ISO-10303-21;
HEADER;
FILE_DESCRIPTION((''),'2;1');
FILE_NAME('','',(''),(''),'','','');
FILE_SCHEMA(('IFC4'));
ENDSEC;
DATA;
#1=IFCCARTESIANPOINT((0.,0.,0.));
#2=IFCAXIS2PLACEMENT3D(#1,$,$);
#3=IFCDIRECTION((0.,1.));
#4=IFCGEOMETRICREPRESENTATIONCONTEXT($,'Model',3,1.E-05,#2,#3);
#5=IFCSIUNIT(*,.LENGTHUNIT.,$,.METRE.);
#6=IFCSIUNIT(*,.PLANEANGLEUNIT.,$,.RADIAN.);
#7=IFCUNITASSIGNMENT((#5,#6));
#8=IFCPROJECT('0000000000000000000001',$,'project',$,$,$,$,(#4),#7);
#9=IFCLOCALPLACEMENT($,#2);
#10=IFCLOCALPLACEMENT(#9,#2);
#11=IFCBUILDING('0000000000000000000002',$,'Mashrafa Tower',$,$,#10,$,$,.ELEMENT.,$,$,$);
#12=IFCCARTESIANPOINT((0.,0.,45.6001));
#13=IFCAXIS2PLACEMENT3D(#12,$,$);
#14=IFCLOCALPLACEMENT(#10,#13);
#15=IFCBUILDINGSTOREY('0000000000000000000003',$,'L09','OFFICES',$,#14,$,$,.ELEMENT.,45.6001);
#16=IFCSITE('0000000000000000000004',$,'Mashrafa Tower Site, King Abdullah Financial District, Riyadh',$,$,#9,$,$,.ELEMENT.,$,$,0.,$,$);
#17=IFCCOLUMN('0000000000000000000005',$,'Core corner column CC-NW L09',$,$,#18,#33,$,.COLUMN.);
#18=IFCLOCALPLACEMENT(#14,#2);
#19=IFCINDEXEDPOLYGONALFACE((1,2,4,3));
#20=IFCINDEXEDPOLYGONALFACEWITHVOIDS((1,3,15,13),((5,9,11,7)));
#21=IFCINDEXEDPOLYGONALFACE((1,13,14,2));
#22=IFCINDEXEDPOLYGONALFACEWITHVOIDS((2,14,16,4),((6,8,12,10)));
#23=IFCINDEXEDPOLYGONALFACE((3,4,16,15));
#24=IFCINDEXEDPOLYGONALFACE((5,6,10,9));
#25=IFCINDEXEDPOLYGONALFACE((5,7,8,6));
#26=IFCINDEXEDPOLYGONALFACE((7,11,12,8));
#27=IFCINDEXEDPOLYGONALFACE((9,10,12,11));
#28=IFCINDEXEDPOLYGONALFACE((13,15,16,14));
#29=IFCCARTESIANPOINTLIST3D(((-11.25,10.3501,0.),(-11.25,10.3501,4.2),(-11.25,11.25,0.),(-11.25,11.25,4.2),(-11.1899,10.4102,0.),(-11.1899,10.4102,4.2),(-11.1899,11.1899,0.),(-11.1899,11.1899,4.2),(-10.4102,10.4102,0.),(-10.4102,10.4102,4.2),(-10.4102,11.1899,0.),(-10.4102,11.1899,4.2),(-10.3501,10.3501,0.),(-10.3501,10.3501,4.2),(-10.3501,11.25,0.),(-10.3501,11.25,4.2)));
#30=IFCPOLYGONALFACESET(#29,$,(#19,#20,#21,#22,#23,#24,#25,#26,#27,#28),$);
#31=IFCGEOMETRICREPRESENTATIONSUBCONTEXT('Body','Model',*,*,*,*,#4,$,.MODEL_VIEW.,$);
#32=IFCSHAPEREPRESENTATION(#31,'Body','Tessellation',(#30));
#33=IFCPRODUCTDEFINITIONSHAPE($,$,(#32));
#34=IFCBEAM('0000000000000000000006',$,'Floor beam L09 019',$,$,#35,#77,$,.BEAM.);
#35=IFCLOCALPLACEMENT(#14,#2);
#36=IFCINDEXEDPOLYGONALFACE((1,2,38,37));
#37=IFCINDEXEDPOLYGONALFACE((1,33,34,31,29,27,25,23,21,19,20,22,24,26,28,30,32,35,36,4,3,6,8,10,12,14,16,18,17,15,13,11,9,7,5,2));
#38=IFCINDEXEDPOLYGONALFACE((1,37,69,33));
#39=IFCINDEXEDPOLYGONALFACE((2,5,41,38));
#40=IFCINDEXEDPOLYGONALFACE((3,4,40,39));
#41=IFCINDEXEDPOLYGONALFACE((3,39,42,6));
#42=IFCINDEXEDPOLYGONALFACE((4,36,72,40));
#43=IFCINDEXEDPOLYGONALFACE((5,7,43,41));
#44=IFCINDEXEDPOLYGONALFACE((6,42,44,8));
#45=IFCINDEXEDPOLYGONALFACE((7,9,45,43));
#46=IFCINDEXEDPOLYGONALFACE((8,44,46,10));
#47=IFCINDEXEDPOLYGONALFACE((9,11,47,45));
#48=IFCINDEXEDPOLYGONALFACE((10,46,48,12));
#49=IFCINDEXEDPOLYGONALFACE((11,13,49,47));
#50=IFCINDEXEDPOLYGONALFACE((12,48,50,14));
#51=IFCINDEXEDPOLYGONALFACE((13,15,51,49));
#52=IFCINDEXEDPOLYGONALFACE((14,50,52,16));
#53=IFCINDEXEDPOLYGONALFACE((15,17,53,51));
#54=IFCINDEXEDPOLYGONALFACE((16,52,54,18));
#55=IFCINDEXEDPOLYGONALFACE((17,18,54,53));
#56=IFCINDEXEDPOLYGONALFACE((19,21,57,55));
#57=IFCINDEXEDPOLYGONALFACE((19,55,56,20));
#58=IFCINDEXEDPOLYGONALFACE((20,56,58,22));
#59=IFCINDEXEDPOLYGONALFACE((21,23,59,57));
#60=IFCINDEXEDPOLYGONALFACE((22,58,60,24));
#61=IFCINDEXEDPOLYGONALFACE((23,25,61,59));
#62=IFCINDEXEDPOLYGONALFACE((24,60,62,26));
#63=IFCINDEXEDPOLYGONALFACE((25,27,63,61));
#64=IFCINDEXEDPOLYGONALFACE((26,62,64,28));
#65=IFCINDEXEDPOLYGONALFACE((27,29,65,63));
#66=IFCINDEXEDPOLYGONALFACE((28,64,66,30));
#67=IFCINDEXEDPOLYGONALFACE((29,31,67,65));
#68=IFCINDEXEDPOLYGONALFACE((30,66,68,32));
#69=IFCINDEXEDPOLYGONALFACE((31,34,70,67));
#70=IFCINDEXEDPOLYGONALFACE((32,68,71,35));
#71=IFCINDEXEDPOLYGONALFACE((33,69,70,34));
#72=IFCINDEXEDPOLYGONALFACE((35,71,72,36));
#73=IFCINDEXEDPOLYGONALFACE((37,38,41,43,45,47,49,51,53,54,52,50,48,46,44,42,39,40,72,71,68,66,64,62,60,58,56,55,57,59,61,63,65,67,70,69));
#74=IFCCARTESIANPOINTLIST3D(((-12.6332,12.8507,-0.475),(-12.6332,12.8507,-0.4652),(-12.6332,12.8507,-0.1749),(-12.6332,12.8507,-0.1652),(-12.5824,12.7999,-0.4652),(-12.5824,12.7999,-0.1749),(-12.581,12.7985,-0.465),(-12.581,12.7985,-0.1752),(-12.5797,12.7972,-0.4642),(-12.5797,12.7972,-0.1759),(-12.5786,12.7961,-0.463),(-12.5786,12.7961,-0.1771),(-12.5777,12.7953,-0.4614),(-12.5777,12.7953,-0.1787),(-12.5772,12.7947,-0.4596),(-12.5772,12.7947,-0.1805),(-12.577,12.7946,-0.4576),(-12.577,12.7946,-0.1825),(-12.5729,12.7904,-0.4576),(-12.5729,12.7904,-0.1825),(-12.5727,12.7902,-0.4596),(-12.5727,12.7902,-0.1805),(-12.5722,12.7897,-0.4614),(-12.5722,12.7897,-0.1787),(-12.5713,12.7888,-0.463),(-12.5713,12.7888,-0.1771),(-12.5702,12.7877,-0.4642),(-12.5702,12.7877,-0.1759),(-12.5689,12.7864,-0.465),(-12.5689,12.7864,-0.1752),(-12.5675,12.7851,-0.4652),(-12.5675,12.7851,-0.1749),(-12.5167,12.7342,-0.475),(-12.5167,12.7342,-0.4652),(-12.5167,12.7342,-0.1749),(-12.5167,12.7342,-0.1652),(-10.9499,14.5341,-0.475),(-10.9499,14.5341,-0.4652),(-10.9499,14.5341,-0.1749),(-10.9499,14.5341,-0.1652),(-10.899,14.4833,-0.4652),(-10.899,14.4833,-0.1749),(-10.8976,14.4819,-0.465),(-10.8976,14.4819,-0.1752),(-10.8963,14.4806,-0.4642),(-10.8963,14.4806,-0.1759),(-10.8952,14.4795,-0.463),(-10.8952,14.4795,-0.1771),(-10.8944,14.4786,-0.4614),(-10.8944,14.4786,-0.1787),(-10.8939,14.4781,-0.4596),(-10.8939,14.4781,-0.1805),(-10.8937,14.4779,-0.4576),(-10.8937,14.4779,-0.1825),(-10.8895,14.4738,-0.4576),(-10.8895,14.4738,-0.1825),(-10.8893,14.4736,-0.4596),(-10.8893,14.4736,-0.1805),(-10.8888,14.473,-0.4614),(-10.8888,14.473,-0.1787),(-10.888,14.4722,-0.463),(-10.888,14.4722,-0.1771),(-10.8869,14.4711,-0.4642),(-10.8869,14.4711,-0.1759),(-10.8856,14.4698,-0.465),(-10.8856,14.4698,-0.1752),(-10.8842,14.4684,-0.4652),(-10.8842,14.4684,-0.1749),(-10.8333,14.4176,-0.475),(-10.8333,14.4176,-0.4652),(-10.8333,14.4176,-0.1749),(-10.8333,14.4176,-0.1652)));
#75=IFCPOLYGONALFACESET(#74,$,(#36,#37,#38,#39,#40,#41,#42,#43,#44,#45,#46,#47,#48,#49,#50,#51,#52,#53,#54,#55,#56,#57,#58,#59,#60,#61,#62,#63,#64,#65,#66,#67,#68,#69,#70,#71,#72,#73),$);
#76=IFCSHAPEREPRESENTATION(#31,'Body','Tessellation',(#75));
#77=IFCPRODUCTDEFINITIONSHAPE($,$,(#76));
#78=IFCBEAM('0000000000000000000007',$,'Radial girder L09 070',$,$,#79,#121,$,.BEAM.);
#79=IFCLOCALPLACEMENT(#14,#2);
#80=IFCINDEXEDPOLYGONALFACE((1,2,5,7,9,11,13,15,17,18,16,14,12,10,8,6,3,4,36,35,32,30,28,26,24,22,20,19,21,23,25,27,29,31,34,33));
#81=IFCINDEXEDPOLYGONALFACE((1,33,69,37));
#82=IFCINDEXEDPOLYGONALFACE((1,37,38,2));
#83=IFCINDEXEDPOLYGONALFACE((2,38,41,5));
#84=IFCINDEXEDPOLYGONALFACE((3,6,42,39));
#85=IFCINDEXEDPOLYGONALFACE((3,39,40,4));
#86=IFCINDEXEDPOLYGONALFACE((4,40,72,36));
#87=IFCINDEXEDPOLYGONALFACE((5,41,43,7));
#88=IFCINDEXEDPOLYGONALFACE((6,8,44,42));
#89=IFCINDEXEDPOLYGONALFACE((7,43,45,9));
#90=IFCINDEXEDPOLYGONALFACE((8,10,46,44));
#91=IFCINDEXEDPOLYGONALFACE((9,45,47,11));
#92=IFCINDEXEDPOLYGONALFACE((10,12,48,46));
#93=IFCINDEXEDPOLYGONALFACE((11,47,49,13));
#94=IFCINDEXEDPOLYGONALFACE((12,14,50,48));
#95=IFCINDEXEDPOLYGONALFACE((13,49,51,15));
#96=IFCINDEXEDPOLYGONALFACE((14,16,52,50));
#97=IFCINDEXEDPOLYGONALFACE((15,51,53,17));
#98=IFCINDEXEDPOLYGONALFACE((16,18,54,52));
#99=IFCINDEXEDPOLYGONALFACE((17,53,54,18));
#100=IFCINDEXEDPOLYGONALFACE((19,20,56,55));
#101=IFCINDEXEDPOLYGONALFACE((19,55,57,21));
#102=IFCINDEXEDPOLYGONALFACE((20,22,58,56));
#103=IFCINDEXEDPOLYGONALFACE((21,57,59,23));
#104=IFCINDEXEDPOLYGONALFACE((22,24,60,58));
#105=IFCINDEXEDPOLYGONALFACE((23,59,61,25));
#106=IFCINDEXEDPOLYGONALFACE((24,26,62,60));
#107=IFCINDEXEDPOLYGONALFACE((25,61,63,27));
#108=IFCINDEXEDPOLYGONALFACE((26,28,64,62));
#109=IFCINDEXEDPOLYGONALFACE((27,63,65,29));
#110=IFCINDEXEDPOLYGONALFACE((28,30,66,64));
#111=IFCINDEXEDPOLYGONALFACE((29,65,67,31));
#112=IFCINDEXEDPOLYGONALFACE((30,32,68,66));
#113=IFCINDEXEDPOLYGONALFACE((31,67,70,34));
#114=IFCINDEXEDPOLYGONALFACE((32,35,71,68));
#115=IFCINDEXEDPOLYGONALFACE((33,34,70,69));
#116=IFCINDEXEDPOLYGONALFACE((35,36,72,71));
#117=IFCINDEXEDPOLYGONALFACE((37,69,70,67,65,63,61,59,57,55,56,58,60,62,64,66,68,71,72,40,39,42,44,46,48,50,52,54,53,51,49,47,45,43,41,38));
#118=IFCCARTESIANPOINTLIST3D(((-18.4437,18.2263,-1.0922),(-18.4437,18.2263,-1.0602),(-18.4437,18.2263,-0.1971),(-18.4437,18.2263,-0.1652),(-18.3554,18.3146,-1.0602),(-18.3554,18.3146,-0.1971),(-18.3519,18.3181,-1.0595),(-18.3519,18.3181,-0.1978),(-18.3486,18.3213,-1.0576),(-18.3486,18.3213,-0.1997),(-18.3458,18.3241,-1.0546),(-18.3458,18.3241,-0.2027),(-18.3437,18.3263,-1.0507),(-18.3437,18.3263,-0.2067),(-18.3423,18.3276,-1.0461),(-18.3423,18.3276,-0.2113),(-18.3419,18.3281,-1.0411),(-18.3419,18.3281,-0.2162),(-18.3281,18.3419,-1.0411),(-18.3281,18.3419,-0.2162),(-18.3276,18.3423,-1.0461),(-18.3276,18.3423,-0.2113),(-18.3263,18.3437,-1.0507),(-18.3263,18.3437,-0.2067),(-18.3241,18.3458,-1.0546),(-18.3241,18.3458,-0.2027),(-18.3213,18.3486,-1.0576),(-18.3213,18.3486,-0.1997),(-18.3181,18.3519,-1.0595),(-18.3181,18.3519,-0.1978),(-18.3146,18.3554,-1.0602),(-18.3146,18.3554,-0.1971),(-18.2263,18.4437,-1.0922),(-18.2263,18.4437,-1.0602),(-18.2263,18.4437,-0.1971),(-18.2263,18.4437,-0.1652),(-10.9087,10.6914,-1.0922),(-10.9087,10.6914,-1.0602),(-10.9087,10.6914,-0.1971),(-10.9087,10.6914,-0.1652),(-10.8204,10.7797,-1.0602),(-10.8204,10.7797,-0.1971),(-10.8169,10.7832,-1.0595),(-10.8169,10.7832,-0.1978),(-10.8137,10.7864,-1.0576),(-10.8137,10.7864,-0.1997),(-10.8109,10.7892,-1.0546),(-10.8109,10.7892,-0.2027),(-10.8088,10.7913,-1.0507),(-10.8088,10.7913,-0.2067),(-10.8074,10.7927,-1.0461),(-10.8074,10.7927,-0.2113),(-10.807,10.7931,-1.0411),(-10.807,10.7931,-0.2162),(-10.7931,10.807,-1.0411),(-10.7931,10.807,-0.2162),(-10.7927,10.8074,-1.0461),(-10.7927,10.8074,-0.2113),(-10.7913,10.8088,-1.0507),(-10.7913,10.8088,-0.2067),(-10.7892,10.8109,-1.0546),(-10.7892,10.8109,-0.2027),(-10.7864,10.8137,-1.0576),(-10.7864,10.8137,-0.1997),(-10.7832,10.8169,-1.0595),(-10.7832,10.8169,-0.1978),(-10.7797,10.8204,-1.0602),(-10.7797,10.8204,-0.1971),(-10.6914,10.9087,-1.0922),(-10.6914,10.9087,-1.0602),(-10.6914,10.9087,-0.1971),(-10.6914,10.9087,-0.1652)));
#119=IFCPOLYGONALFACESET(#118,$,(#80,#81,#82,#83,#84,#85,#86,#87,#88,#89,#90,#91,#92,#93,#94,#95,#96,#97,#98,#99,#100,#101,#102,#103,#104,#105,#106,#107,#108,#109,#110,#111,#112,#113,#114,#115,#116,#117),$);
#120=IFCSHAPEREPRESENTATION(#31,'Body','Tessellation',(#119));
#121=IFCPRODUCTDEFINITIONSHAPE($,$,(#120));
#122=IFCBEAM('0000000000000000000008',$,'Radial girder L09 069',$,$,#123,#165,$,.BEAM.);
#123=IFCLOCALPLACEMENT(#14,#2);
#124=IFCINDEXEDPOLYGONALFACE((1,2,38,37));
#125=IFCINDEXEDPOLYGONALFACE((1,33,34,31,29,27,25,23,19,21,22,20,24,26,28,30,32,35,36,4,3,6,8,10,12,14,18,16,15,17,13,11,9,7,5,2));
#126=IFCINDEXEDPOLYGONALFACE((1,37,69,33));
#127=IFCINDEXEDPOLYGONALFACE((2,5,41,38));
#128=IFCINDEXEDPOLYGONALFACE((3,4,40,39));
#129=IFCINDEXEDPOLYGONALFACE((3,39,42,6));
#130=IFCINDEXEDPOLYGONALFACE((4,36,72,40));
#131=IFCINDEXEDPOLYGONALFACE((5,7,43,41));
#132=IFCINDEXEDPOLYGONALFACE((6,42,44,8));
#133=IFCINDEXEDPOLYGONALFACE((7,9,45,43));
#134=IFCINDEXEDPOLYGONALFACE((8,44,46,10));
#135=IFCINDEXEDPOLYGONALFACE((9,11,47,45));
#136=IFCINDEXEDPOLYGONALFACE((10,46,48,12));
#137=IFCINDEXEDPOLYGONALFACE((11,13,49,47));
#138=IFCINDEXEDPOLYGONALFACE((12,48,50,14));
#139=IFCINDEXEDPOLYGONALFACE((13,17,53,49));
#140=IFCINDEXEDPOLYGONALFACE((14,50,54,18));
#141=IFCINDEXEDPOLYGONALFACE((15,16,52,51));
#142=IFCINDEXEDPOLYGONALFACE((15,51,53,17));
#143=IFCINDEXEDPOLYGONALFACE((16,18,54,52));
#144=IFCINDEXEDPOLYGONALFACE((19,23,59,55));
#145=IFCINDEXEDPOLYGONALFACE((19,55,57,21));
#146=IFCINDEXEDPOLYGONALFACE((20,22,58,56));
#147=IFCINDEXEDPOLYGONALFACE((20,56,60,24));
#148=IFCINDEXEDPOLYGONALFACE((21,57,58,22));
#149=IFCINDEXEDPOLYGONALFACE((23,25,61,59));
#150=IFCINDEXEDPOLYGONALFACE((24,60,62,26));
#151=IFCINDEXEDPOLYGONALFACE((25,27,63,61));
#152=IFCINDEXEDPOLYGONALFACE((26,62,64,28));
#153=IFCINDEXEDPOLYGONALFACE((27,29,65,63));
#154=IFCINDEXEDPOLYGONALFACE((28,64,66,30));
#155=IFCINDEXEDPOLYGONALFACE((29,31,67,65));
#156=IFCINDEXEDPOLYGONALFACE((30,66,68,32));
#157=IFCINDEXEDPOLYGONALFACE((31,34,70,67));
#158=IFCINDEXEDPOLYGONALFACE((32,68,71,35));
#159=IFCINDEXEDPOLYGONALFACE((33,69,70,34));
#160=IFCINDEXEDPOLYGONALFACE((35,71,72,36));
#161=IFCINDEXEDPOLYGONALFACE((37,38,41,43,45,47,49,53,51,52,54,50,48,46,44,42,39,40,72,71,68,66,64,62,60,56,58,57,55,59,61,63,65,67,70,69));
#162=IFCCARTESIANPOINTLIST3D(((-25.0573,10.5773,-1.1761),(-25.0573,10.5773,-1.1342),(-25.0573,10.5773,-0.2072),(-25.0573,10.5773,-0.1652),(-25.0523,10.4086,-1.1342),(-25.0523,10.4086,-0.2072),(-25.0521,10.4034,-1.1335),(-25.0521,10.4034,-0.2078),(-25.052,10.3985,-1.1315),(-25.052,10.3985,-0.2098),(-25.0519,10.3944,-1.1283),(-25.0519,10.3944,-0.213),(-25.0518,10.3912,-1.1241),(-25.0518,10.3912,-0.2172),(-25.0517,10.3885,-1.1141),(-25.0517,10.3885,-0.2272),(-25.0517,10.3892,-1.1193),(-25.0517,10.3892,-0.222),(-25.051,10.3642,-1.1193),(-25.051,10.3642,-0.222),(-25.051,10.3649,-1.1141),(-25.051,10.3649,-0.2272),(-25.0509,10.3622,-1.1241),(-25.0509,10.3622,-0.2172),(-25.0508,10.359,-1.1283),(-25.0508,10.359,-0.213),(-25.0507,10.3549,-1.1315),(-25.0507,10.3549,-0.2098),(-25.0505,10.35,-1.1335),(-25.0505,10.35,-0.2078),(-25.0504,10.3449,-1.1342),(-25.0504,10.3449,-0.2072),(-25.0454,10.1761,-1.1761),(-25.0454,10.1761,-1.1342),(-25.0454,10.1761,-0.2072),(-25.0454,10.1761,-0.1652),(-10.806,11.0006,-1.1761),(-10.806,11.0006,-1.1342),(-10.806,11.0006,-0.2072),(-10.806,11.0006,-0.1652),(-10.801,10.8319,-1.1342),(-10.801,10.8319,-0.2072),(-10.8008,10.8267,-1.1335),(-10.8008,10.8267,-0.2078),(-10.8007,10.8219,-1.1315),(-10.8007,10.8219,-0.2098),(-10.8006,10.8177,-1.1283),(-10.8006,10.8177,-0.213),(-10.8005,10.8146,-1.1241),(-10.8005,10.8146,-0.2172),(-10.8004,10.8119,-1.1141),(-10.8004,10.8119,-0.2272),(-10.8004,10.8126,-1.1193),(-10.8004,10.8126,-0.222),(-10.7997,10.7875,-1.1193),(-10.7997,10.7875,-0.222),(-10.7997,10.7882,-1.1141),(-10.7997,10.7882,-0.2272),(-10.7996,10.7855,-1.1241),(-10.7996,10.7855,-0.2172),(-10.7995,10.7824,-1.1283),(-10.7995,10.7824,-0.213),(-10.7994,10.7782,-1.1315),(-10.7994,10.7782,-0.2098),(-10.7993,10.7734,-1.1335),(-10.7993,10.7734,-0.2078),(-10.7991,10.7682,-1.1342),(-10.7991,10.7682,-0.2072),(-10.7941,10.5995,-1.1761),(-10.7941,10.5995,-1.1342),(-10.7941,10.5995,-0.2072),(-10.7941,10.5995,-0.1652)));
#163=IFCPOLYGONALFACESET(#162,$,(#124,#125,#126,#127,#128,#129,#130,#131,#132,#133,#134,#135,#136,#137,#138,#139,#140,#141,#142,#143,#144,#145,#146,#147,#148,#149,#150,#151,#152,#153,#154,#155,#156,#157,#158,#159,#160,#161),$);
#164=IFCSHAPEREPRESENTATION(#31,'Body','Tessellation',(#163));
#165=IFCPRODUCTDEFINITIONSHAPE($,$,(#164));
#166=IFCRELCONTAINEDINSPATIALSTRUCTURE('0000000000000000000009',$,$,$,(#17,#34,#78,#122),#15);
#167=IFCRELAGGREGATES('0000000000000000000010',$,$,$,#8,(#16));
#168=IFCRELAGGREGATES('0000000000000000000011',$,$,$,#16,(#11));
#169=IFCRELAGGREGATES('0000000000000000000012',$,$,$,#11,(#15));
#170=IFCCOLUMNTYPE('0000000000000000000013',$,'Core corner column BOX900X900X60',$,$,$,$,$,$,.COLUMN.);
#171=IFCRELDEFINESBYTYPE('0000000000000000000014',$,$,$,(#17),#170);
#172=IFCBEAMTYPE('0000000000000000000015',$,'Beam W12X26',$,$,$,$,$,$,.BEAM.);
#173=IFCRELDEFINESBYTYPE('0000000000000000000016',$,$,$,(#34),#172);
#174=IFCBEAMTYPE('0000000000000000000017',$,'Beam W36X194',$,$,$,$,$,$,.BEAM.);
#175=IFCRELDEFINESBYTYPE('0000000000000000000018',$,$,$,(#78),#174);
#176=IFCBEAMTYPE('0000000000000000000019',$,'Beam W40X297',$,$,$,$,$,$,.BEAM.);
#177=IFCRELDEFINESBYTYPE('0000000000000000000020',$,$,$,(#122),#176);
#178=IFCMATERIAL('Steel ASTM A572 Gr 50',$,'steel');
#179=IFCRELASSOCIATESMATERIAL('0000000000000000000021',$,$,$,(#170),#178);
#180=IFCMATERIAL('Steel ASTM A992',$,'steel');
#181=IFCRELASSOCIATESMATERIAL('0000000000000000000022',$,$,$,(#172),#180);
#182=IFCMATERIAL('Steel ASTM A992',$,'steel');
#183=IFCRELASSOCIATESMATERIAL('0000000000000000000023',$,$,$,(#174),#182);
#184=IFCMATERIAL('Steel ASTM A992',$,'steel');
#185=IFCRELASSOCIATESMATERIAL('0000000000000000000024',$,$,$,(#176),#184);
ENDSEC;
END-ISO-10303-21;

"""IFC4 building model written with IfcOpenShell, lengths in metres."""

from ifc_helpers import new_model, si_unit, direction, frame, origin, origin_2d, place, context, subcontext, project, spatial, hollow_rectangle, i_section, extrude, material, material_profile, profile_set, type_object, element, save


model = new_model("IFC4")

# Units and contexts
model_context = context("Model", 3, precision=1e-05, world=origin(), true_north=direction((0.0, 1.0)))
body_context = subcontext(model_context, "Body", "Model", "MODEL_VIEW")
ifc_project = project(units=[si_unit("LENGTHUNIT", "METRE"), si_unit("PLANEANGLEUNIT", "RADIAN")], contexts=[model_context])

# Site, building, storey
site_placement = place(None, origin())
site = spatial("IfcSite", under=ifc_project, at=site_placement, Name="Mashrafa Tower Site, King Abdullah Financial District, Riyadh", CompositionType="ELEMENT", RefElevation=0.0)
building_placement = place(site_placement, origin())
building = spatial("IfcBuilding", under=site, at=building_placement, Name="Mashrafa Tower", CompositionType="ELEMENT")
storey_placement = place(building_placement, frame((0.0, 0.0, 45.6001)))
storey = spatial("IfcBuildingStorey", under=building, at=storey_placement, Name="L09", Description="OFFICES", CompositionType="ELEMENT", Elevation=45.6001)

# Column
ifc_material_1 = material(Name="Steel ASTM A572 Gr 50", Category="steel")
ifc_material_profile_1 = material_profile(ifc_material_1, hollow_rectangle(XDim=0.8999, YDim=0.8999, WallThickness=0.0601, at=origin_2d()), Name="BOX900X900X60")
ifc_profile_set_1 = profile_set([ifc_material_profile_1], Name="Steel ASTM A572 Gr 50")
column_type = type_object("IfcColumnType", Name="Core corner column BOX900X900X60", PredefinedType="COLUMN", material=ifc_profile_set_1)
column_placement = place(storey_placement, frame((-10.8, 10.8, 0.0), z_axis=(0.0, 0.0, 1.0), x_axis=(1.0, 0.0, 0.0)))
element("IfcColumn", 1, at=column_placement, inside=storey, type_object=column_type, Name="Core corner column CC-NW L09", PredefinedType="COLUMN", context=body_context, shape_type="SweptSolid", body=[
    extrude(hollow_rectangle(XDim=0.8999, YDim=0.8999, WallThickness=0.0601, at=origin_2d()), origin(), (0.0, 0.0, 1.0), 4.2),
])

# Beams
ifc_material_2 = material(Name="Steel ASTM A992", Category="steel")
ifc_material_profile_2 = material_profile(ifc_material_2, i_section(OverallWidth=0.1648, OverallDepth=0.3098, WebThickness=0.0059, FlangeThickness=0.0098, FilletRadius=0.0076, at=origin_2d()), Name="W12X26")
ifc_profile_set_2 = profile_set([ifc_material_profile_2], Name="Steel ASTM A992")
beam_type_1 = type_object("IfcBeamType", Name="Beam W12X26", PredefinedType="BEAM", material=ifc_profile_set_2)
beam_1_placement = place(storey_placement, frame((-12.575, 12.7925, -0.3201), z_axis=(0.707107, 0.707107, 0.0), x_axis=(-0.707107, 0.707107, 0.0)))
element("IfcBeam", 2, at=beam_1_placement, inside=storey, type_object=beam_type_1, Name="Floor beam L09 019", PredefinedType="BEAM", context=body_context, shape_type="SweptSolid", body=[
    extrude(i_section(OverallWidth=0.1648, OverallDepth=0.3098, WebThickness=0.0059, FlangeThickness=0.0098, FilletRadius=0.0076, at=origin_2d()), origin(), (0.0, 0.0, 1.0), 2.3806),
])
ifc_material_3 = material(Name="Steel ASTM A992", Category="steel")
ifc_material_profile_3 = material_profile(ifc_material_3, i_section(OverallWidth=0.3074, OverallDepth=0.927, WebThickness=0.0195, FlangeThickness=0.032, FilletRadius=0.019, at=origin_2d()), Name="W36X194")
ifc_profile_set_3 = profile_set([ifc_material_profile_3], Name="Steel ASTM A992")
beam_type_2 = type_object("IfcBeamType", Name="Beam W36X194", PredefinedType="BEAM", material=ifc_profile_set_3)
beam_2_placement = place(storey_placement, frame((-10.8, 10.8, -0.6287), z_axis=(-0.707107, 0.707107, 0.0), x_axis=(-0.707107, -0.707107, 0.0)))
element("IfcBeam", 3, at=beam_2_placement, inside=storey, type_object=beam_type_2, Name="Radial girder L09 070", PredefinedType="BEAM", context=body_context, shape_type="SweptSolid", body=[
    extrude(i_section(OverallWidth=0.3074, OverallDepth=0.927, WebThickness=0.0195, FlangeThickness=0.032, FilletRadius=0.019, at=origin_2d()), origin(), (0.0, 0.0, 1.0), 10.656),
])
ifc_material_4 = material(Name="Steel ASTM A992", Category="steel")
ifc_material_profile_4 = material_profile(ifc_material_4, i_section(OverallWidth=0.4014, OverallDepth=1.011, WebThickness=0.0237, FlangeThickness=0.042, FilletRadius=0.02, at=origin_2d()), Name="W40X297")
ifc_profile_set_4 = profile_set([ifc_material_profile_4], Name="Steel ASTM A992")
beam_type_3 = type_object("IfcBeamType", Name="Beam W40X297", PredefinedType="BEAM", material=ifc_profile_set_4)
for number, where, z_axis, x_axis, name in (
    (4, (-10.8, 10.8, -0.6707), (-0.999559, -0.029692, 0.0), (0.029692, -0.999559, 0.0), "Radial girder L09 069"),
):
    element("IfcBeam", number, at=place(storey_placement, frame(where, z_axis=z_axis, x_axis=x_axis)), inside=storey, type_object=beam_type_3, Name=name, PredefinedType="BEAM", context=body_context, shape_type="SweptSolid", body=[
        extrude(i_section(OverallWidth=0.4014, OverallDepth=1.011, WebThickness=0.0237, FlangeThickness=0.042, FilletRadius=0.02, at=origin_2d()), origin(), (0.0, 0.0, 1.0), 14.2576),
    ])

save(model, "model.ifc")
